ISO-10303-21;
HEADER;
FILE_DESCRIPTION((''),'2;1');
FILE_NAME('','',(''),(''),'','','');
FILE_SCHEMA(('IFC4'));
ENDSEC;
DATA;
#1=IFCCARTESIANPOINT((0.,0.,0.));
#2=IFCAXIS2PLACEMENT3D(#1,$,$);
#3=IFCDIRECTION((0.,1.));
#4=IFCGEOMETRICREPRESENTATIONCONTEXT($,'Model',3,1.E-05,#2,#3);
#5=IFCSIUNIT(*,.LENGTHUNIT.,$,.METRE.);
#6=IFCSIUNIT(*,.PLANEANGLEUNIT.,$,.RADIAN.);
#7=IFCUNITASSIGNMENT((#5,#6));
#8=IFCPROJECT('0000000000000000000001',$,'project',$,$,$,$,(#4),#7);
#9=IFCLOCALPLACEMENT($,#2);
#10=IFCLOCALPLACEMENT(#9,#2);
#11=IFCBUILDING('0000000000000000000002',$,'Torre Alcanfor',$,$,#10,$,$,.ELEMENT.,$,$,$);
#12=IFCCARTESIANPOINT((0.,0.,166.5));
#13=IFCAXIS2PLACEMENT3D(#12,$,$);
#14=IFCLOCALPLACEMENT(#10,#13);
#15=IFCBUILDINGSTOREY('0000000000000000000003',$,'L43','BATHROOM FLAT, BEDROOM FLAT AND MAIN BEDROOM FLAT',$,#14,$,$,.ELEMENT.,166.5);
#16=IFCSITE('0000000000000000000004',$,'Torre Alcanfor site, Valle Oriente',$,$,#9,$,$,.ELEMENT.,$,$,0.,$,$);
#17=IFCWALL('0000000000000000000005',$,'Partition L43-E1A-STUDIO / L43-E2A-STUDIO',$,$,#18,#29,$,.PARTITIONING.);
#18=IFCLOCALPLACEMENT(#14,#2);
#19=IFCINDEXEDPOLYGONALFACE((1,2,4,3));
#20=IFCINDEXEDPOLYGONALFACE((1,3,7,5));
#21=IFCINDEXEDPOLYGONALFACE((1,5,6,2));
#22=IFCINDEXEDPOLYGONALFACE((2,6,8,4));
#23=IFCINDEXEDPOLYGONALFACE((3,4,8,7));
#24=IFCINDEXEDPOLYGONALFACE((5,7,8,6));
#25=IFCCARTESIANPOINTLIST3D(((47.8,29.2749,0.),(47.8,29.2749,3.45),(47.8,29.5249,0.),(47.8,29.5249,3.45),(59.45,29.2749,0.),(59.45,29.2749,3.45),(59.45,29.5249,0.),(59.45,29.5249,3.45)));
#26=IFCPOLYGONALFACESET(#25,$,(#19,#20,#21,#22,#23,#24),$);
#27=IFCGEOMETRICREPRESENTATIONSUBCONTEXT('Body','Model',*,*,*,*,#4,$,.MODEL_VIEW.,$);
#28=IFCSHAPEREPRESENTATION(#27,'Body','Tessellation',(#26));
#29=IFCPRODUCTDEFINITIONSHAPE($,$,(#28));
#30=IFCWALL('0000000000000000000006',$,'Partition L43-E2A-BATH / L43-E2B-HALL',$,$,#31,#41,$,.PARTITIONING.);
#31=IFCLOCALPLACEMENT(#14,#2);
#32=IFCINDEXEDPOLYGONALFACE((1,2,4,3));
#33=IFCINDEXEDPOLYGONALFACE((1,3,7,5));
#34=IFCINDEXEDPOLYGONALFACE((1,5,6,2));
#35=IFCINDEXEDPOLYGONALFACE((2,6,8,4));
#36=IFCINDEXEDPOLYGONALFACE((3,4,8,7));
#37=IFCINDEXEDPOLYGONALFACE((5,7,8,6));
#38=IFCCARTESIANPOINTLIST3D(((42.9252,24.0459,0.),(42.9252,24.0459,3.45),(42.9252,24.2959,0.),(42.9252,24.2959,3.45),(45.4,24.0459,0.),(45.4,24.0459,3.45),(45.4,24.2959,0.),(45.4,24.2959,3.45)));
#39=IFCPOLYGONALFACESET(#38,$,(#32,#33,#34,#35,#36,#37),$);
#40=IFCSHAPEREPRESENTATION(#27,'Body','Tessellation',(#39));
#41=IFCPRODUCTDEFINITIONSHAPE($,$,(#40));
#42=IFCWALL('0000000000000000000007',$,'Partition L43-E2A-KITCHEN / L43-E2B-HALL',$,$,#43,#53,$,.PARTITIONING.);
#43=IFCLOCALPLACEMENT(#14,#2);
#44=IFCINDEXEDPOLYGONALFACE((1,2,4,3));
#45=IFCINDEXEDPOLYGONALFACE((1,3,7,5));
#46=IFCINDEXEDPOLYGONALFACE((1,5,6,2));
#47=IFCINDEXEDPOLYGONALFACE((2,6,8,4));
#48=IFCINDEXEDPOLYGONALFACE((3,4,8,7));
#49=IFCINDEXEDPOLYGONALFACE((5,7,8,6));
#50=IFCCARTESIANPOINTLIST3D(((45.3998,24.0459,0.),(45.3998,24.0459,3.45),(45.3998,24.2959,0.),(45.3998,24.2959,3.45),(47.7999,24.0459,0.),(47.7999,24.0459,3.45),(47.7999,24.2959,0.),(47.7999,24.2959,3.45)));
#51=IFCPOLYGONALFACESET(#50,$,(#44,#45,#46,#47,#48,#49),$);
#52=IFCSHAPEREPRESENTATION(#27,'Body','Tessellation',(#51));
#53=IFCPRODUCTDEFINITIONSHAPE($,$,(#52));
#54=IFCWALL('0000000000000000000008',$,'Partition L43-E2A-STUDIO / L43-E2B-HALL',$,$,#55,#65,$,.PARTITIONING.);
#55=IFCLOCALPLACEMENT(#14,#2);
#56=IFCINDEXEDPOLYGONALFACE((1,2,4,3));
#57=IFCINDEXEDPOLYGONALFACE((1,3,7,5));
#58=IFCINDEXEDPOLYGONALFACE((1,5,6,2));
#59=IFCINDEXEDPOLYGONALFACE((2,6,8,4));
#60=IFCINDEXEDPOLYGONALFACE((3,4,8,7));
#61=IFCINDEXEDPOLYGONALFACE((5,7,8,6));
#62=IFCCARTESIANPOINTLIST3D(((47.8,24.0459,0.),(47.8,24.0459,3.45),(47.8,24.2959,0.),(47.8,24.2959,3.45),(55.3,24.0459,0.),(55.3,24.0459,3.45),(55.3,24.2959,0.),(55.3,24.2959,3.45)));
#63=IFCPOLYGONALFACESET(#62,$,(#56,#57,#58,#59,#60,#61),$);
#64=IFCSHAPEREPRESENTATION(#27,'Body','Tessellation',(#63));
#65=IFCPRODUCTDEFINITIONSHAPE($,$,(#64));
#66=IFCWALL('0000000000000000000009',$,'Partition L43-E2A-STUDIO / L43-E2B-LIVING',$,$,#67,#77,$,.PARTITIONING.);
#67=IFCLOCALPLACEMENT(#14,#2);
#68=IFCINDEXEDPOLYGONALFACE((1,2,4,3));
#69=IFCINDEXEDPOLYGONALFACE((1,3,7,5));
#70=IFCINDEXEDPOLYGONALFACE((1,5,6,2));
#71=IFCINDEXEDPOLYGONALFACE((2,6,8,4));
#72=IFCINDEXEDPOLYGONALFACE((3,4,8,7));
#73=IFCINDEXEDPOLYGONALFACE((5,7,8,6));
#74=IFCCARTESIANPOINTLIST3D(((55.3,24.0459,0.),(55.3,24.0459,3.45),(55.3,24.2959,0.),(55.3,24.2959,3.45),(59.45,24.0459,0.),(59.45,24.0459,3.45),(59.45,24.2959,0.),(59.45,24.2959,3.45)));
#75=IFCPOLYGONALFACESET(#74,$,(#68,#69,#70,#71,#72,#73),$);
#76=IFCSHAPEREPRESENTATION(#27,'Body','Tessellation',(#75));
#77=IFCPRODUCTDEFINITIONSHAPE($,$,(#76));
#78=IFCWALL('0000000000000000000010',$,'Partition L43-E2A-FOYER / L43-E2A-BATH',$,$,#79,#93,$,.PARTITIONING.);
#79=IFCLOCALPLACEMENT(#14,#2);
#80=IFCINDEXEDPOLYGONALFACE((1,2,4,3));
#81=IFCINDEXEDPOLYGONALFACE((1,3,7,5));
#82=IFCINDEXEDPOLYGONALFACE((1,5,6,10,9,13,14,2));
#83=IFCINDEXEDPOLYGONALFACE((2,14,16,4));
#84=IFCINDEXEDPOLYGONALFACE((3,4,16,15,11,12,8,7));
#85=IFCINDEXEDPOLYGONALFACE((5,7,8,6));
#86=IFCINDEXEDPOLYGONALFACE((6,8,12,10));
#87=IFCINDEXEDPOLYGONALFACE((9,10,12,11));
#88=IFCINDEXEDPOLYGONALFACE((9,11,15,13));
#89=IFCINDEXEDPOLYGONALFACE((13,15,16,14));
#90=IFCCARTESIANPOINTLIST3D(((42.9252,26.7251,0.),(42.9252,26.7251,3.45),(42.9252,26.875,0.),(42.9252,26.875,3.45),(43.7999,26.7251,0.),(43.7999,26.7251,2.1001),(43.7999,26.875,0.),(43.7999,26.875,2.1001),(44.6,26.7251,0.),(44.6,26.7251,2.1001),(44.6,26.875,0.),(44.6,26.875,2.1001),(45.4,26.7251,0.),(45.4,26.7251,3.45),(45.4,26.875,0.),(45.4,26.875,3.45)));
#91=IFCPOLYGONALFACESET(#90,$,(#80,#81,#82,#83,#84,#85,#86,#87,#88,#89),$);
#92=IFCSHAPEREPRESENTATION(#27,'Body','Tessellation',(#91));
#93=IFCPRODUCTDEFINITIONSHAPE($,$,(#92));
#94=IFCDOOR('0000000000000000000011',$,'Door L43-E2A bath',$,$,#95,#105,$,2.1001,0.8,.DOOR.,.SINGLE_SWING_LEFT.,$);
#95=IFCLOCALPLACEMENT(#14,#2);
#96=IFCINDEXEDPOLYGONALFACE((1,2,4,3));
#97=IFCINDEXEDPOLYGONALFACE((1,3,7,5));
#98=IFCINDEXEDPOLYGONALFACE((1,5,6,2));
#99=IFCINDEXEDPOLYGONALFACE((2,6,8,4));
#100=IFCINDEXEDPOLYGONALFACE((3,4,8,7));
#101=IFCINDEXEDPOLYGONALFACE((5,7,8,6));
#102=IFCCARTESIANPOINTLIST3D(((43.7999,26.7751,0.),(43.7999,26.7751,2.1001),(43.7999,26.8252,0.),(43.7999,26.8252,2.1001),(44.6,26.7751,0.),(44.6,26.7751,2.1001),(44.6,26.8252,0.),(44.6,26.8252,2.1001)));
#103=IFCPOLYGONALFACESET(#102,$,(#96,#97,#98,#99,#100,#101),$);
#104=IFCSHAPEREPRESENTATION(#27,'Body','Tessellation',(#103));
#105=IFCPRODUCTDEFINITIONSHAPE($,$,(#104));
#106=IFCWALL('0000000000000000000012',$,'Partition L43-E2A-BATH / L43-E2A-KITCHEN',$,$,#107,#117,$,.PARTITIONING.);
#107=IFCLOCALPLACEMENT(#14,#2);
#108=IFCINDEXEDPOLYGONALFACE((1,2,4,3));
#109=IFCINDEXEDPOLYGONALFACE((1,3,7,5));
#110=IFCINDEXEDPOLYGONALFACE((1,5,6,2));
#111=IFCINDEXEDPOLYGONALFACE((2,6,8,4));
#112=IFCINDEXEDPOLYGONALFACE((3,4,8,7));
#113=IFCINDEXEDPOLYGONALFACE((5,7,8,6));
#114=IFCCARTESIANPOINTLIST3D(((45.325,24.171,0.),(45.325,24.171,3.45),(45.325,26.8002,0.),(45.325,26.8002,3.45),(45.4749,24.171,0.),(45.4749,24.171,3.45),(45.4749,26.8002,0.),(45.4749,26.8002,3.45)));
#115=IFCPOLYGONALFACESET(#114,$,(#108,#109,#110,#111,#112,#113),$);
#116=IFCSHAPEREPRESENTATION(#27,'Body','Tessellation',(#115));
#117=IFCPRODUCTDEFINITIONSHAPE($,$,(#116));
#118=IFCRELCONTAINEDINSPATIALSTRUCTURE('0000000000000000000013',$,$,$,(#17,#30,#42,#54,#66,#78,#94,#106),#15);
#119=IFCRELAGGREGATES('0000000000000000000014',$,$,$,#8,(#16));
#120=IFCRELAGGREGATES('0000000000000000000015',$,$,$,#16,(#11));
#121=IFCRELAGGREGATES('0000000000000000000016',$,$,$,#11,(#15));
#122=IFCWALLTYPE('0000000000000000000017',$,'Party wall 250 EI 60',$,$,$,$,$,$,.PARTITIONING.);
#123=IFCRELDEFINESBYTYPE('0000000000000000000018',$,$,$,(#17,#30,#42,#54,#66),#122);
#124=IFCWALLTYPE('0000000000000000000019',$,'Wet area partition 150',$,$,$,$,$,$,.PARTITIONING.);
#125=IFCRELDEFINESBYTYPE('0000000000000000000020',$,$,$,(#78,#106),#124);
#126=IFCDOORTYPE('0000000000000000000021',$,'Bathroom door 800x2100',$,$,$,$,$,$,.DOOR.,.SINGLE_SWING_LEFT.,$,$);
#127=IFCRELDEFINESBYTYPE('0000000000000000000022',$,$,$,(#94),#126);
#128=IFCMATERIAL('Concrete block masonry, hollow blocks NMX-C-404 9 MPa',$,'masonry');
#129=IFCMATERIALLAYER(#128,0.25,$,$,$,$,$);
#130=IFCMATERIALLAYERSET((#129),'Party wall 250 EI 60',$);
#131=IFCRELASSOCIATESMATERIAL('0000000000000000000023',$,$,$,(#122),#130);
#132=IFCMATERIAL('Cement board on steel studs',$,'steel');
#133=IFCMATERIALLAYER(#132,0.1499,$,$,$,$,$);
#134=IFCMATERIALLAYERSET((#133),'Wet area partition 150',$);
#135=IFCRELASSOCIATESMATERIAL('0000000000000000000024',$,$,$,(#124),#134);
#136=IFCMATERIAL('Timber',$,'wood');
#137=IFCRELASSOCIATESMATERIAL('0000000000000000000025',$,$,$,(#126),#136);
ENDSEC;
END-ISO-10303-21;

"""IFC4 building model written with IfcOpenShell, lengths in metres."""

from ifc_helpers import new_model, si_unit, direction, frame, frame_2d, origin, place, context, subcontext, project, spatial, rectangle, extrude, material, layer, layer_set, type_object, element, fill, save


model = new_model("IFC4")

# Units and contexts
model_context = context("Model", 3, precision=1e-05, world=origin(), true_north=direction((0.0, 1.0)))
body_context = subcontext(model_context, "Body", "Model", "MODEL_VIEW")
ifc_project = project(units=[si_unit("LENGTHUNIT", "METRE"), si_unit("PLANEANGLEUNIT", "RADIAN")], contexts=[model_context])

# Site, building, storey
site_placement = place(None, origin())
site = spatial("IfcSite", under=ifc_project, at=site_placement, Name="Torre Alcanfor site, Valle Oriente", CompositionType="ELEMENT", RefElevation=0.0)
building_placement = place(site_placement, origin())
building = spatial("IfcBuilding", under=site, at=building_placement, Name="Torre Alcanfor", CompositionType="ELEMENT")
storey_placement = place(building_placement, frame((0.0, 0.0, 166.5)))
storey = spatial("IfcBuildingStorey", under=building, at=storey_placement, Name="L43", Description="BATHROOM FLAT, BEDROOM FLAT AND MAIN BEDROOM FLAT", CompositionType="ELEMENT", Elevation=166.5)

# Walls
ifc_material_1 = material(Name="Concrete block masonry, hollow blocks NMX-C-404 9 MPa", Category="masonry")
ifc_layer_1 = layer(ifc_material_1, 0.25)
ifc_layer_set_1 = layer_set([ifc_layer_1], Name="Party wall 250 EI 60")
wall_type_1 = type_object("IfcWallType", Name="Party wall 250 EI 60", PredefinedType="PARTITIONING", material=ifc_layer_set_1)
wall_1_placement = place(storey_placement, frame((47.8, 29.3999, 0.0), z_axis=(0.0, 0.0, 1.0), x_axis=(1.0, 0.0, 0.0)))
element("IfcWall", 1, at=wall_1_placement, inside=storey, type_object=wall_type_1, Name="Partition L43-E1A-STUDIO / L43-E2A-STUDIO", PredefinedType="PARTITIONING", context=body_context, shape_type="SweptSolid", body=[
    extrude(rectangle(XDim=11.6499, YDim=0.25, at=frame_2d((5.825, 0.0))), origin(), (0.0, 0.0, 1.0), 3.45),
])
wall_2_placement = place(storey_placement, frame((45.3999, 24.1709, 0.0), z_axis=(0.0, 0.0, 1.0), x_axis=(-1.0, 0.0, 0.0)))
element("IfcWall", 2, at=wall_2_placement, inside=storey, type_object=wall_type_1, Name="Partition L43-E2A-BATH / L43-E2B-HALL", PredefinedType="PARTITIONING", context=body_context, shape_type="SweptSolid", body=[
    extrude(rectangle(XDim=2.4749, YDim=0.25, at=frame_2d((1.2373, 0.0))), origin(), (0.0, 0.0, 1.0), 3.45),
])
wall_3_placement = place(storey_placement, frame((47.8, 24.1709, 0.0), z_axis=(0.0, 0.0, 1.0), x_axis=(-1.0, 0.0, 0.0)))
element("IfcWall", 3, at=wall_3_placement, inside=storey, type_object=wall_type_1, Name="Partition L43-E2A-KITCHEN / L43-E2B-HALL", PredefinedType="PARTITIONING", context=body_context, shape_type="SweptSolid", body=[
    extrude(rectangle(XDim=2.4001, YDim=0.25, at=frame_2d((1.2002, 0.0))), origin(), (0.0, 0.0, 1.0), 3.45),
])
wall_4_placement = place(storey_placement, frame((55.3, 24.1709, 0.0), z_axis=(0.0, 0.0, 1.0), x_axis=(-1.0, 0.0, 0.0)))
element("IfcWall", 4, at=wall_4_placement, inside=storey, type_object=wall_type_1, Name="Partition L43-E2A-STUDIO / L43-E2B-HALL", PredefinedType="PARTITIONING", context=body_context, shape_type="SweptSolid", body=[
    extrude(rectangle(XDim=7.5, YDim=0.25, at=frame_2d((3.75, 0.0))), origin(), (0.0, 0.0, 1.0), 3.45),
])
wall_5_placement = place(storey_placement, frame((59.45, 24.1709, 0.0), z_axis=(0.0, 0.0, 1.0), x_axis=(-1.0, 0.0, 0.0)))
element("IfcWall", 5, at=wall_5_placement, inside=storey, type_object=wall_type_1, Name="Partition L43-E2A-STUDIO / L43-E2B-LIVING", PredefinedType="PARTITIONING", context=body_context, shape_type="SweptSolid", body=[
    extrude(rectangle(XDim=4.1499, YDim=0.25, at=frame_2d((2.075, 0.0))), origin(), (0.0, 0.0, 1.0), 3.45),
])

# Wall, opening, door
ifc_material_2 = material(Name="Cement board on steel studs", Category="steel")
ifc_layer_2 = layer(ifc_material_2, 0.1499)
ifc_layer_set_2 = layer_set([ifc_layer_2], Name="Wet area partition 150")
wall_type_2 = type_object("IfcWallType", Name="Wet area partition 150", PredefinedType="PARTITIONING", material=ifc_layer_set_2)
wall_6_placement = place(storey_placement, frame((45.3999, 26.8, 0.0), z_axis=(0.0, 0.0, 1.0), x_axis=(-1.0, 0.0, 0.0)))
wall_6 = element("IfcWall", 6, at=wall_6_placement, inside=storey, type_object=wall_type_2, Name="Partition L43-E2A-FOYER / L43-E2A-BATH", PredefinedType="PARTITIONING", context=body_context, shape_type="SweptSolid", body=[
    extrude(rectangle(XDim=2.4749, YDim=0.1499, at=frame_2d((1.2373, 0.0))), origin(), (0.0, 0.0, 1.0), 3.45),
])
opening_1_placement = place(wall_6_placement, frame((0.8, 0.0, 0.0)))
opening_1 = element("IfcOpeningElement", 7, at=opening_1_placement, cuts=wall_6, PredefinedType="OPENING", context=body_context, shape_type="SweptSolid", body=[
    extrude(rectangle(XDim=0.8, YDim=2.1001, at=frame_2d((0.3999, 1.05))), frame((0.0, 0.085, 0.0), z_axis=(0.0, -1.0, 0.0), x_axis=(1.0, 0.0, 0.0)), (0.0, 0.0, 1.0), 0.1699),
])
ifc_material_3 = material(Name="Timber", Category="wood")
door_type_1 = type_object("IfcDoorType", Name="Bathroom door 800x2100", OperationType="SINGLE_SWING_LEFT", PredefinedType="DOOR", material=ifc_material_3)
door_1_placement = place(opening_1_placement, origin())
door_1 = element("IfcDoor", 8, at=door_1_placement, inside=storey, type_object=door_type_1, Name="Door L43-E2A bath", OperationType="SINGLE_SWING_LEFT", OverallHeight=2.1001, OverallWidth=0.8, PredefinedType="DOOR", context=body_context, shape_type="SweptSolid", body=[
    extrude(rectangle(XDim=0.8, YDim=2.1001, at=frame_2d((0.3999, 1.05))), frame((0.0, 0.0249, 0.0), z_axis=(0.0, -1.0, 0.0), x_axis=(1.0, 0.0, 0.0)), (0.0, 0.0, 1.0), 0.05),
])
fill(opening_1, door_1)

# Wall
wall_7_placement = place(storey_placement, frame((45.3999, 26.8, 0.0), z_axis=(0.0, 0.0, 1.0), x_axis=(0.0, -1.0, 0.0)))
element("IfcWall", 9, at=wall_7_placement, inside=storey, type_object=wall_type_2, Name="Partition L43-E2A-BATH / L43-E2A-KITCHEN", PredefinedType="PARTITIONING", context=body_context, shape_type="SweptSolid", body=[
    extrude(rectangle(XDim=2.6292, YDim=0.1499, at=frame_2d((1.3145, 0.0))), origin(), (0.0, 0.0, 1.0), 3.45),
])

save(model, "model.ifc")
